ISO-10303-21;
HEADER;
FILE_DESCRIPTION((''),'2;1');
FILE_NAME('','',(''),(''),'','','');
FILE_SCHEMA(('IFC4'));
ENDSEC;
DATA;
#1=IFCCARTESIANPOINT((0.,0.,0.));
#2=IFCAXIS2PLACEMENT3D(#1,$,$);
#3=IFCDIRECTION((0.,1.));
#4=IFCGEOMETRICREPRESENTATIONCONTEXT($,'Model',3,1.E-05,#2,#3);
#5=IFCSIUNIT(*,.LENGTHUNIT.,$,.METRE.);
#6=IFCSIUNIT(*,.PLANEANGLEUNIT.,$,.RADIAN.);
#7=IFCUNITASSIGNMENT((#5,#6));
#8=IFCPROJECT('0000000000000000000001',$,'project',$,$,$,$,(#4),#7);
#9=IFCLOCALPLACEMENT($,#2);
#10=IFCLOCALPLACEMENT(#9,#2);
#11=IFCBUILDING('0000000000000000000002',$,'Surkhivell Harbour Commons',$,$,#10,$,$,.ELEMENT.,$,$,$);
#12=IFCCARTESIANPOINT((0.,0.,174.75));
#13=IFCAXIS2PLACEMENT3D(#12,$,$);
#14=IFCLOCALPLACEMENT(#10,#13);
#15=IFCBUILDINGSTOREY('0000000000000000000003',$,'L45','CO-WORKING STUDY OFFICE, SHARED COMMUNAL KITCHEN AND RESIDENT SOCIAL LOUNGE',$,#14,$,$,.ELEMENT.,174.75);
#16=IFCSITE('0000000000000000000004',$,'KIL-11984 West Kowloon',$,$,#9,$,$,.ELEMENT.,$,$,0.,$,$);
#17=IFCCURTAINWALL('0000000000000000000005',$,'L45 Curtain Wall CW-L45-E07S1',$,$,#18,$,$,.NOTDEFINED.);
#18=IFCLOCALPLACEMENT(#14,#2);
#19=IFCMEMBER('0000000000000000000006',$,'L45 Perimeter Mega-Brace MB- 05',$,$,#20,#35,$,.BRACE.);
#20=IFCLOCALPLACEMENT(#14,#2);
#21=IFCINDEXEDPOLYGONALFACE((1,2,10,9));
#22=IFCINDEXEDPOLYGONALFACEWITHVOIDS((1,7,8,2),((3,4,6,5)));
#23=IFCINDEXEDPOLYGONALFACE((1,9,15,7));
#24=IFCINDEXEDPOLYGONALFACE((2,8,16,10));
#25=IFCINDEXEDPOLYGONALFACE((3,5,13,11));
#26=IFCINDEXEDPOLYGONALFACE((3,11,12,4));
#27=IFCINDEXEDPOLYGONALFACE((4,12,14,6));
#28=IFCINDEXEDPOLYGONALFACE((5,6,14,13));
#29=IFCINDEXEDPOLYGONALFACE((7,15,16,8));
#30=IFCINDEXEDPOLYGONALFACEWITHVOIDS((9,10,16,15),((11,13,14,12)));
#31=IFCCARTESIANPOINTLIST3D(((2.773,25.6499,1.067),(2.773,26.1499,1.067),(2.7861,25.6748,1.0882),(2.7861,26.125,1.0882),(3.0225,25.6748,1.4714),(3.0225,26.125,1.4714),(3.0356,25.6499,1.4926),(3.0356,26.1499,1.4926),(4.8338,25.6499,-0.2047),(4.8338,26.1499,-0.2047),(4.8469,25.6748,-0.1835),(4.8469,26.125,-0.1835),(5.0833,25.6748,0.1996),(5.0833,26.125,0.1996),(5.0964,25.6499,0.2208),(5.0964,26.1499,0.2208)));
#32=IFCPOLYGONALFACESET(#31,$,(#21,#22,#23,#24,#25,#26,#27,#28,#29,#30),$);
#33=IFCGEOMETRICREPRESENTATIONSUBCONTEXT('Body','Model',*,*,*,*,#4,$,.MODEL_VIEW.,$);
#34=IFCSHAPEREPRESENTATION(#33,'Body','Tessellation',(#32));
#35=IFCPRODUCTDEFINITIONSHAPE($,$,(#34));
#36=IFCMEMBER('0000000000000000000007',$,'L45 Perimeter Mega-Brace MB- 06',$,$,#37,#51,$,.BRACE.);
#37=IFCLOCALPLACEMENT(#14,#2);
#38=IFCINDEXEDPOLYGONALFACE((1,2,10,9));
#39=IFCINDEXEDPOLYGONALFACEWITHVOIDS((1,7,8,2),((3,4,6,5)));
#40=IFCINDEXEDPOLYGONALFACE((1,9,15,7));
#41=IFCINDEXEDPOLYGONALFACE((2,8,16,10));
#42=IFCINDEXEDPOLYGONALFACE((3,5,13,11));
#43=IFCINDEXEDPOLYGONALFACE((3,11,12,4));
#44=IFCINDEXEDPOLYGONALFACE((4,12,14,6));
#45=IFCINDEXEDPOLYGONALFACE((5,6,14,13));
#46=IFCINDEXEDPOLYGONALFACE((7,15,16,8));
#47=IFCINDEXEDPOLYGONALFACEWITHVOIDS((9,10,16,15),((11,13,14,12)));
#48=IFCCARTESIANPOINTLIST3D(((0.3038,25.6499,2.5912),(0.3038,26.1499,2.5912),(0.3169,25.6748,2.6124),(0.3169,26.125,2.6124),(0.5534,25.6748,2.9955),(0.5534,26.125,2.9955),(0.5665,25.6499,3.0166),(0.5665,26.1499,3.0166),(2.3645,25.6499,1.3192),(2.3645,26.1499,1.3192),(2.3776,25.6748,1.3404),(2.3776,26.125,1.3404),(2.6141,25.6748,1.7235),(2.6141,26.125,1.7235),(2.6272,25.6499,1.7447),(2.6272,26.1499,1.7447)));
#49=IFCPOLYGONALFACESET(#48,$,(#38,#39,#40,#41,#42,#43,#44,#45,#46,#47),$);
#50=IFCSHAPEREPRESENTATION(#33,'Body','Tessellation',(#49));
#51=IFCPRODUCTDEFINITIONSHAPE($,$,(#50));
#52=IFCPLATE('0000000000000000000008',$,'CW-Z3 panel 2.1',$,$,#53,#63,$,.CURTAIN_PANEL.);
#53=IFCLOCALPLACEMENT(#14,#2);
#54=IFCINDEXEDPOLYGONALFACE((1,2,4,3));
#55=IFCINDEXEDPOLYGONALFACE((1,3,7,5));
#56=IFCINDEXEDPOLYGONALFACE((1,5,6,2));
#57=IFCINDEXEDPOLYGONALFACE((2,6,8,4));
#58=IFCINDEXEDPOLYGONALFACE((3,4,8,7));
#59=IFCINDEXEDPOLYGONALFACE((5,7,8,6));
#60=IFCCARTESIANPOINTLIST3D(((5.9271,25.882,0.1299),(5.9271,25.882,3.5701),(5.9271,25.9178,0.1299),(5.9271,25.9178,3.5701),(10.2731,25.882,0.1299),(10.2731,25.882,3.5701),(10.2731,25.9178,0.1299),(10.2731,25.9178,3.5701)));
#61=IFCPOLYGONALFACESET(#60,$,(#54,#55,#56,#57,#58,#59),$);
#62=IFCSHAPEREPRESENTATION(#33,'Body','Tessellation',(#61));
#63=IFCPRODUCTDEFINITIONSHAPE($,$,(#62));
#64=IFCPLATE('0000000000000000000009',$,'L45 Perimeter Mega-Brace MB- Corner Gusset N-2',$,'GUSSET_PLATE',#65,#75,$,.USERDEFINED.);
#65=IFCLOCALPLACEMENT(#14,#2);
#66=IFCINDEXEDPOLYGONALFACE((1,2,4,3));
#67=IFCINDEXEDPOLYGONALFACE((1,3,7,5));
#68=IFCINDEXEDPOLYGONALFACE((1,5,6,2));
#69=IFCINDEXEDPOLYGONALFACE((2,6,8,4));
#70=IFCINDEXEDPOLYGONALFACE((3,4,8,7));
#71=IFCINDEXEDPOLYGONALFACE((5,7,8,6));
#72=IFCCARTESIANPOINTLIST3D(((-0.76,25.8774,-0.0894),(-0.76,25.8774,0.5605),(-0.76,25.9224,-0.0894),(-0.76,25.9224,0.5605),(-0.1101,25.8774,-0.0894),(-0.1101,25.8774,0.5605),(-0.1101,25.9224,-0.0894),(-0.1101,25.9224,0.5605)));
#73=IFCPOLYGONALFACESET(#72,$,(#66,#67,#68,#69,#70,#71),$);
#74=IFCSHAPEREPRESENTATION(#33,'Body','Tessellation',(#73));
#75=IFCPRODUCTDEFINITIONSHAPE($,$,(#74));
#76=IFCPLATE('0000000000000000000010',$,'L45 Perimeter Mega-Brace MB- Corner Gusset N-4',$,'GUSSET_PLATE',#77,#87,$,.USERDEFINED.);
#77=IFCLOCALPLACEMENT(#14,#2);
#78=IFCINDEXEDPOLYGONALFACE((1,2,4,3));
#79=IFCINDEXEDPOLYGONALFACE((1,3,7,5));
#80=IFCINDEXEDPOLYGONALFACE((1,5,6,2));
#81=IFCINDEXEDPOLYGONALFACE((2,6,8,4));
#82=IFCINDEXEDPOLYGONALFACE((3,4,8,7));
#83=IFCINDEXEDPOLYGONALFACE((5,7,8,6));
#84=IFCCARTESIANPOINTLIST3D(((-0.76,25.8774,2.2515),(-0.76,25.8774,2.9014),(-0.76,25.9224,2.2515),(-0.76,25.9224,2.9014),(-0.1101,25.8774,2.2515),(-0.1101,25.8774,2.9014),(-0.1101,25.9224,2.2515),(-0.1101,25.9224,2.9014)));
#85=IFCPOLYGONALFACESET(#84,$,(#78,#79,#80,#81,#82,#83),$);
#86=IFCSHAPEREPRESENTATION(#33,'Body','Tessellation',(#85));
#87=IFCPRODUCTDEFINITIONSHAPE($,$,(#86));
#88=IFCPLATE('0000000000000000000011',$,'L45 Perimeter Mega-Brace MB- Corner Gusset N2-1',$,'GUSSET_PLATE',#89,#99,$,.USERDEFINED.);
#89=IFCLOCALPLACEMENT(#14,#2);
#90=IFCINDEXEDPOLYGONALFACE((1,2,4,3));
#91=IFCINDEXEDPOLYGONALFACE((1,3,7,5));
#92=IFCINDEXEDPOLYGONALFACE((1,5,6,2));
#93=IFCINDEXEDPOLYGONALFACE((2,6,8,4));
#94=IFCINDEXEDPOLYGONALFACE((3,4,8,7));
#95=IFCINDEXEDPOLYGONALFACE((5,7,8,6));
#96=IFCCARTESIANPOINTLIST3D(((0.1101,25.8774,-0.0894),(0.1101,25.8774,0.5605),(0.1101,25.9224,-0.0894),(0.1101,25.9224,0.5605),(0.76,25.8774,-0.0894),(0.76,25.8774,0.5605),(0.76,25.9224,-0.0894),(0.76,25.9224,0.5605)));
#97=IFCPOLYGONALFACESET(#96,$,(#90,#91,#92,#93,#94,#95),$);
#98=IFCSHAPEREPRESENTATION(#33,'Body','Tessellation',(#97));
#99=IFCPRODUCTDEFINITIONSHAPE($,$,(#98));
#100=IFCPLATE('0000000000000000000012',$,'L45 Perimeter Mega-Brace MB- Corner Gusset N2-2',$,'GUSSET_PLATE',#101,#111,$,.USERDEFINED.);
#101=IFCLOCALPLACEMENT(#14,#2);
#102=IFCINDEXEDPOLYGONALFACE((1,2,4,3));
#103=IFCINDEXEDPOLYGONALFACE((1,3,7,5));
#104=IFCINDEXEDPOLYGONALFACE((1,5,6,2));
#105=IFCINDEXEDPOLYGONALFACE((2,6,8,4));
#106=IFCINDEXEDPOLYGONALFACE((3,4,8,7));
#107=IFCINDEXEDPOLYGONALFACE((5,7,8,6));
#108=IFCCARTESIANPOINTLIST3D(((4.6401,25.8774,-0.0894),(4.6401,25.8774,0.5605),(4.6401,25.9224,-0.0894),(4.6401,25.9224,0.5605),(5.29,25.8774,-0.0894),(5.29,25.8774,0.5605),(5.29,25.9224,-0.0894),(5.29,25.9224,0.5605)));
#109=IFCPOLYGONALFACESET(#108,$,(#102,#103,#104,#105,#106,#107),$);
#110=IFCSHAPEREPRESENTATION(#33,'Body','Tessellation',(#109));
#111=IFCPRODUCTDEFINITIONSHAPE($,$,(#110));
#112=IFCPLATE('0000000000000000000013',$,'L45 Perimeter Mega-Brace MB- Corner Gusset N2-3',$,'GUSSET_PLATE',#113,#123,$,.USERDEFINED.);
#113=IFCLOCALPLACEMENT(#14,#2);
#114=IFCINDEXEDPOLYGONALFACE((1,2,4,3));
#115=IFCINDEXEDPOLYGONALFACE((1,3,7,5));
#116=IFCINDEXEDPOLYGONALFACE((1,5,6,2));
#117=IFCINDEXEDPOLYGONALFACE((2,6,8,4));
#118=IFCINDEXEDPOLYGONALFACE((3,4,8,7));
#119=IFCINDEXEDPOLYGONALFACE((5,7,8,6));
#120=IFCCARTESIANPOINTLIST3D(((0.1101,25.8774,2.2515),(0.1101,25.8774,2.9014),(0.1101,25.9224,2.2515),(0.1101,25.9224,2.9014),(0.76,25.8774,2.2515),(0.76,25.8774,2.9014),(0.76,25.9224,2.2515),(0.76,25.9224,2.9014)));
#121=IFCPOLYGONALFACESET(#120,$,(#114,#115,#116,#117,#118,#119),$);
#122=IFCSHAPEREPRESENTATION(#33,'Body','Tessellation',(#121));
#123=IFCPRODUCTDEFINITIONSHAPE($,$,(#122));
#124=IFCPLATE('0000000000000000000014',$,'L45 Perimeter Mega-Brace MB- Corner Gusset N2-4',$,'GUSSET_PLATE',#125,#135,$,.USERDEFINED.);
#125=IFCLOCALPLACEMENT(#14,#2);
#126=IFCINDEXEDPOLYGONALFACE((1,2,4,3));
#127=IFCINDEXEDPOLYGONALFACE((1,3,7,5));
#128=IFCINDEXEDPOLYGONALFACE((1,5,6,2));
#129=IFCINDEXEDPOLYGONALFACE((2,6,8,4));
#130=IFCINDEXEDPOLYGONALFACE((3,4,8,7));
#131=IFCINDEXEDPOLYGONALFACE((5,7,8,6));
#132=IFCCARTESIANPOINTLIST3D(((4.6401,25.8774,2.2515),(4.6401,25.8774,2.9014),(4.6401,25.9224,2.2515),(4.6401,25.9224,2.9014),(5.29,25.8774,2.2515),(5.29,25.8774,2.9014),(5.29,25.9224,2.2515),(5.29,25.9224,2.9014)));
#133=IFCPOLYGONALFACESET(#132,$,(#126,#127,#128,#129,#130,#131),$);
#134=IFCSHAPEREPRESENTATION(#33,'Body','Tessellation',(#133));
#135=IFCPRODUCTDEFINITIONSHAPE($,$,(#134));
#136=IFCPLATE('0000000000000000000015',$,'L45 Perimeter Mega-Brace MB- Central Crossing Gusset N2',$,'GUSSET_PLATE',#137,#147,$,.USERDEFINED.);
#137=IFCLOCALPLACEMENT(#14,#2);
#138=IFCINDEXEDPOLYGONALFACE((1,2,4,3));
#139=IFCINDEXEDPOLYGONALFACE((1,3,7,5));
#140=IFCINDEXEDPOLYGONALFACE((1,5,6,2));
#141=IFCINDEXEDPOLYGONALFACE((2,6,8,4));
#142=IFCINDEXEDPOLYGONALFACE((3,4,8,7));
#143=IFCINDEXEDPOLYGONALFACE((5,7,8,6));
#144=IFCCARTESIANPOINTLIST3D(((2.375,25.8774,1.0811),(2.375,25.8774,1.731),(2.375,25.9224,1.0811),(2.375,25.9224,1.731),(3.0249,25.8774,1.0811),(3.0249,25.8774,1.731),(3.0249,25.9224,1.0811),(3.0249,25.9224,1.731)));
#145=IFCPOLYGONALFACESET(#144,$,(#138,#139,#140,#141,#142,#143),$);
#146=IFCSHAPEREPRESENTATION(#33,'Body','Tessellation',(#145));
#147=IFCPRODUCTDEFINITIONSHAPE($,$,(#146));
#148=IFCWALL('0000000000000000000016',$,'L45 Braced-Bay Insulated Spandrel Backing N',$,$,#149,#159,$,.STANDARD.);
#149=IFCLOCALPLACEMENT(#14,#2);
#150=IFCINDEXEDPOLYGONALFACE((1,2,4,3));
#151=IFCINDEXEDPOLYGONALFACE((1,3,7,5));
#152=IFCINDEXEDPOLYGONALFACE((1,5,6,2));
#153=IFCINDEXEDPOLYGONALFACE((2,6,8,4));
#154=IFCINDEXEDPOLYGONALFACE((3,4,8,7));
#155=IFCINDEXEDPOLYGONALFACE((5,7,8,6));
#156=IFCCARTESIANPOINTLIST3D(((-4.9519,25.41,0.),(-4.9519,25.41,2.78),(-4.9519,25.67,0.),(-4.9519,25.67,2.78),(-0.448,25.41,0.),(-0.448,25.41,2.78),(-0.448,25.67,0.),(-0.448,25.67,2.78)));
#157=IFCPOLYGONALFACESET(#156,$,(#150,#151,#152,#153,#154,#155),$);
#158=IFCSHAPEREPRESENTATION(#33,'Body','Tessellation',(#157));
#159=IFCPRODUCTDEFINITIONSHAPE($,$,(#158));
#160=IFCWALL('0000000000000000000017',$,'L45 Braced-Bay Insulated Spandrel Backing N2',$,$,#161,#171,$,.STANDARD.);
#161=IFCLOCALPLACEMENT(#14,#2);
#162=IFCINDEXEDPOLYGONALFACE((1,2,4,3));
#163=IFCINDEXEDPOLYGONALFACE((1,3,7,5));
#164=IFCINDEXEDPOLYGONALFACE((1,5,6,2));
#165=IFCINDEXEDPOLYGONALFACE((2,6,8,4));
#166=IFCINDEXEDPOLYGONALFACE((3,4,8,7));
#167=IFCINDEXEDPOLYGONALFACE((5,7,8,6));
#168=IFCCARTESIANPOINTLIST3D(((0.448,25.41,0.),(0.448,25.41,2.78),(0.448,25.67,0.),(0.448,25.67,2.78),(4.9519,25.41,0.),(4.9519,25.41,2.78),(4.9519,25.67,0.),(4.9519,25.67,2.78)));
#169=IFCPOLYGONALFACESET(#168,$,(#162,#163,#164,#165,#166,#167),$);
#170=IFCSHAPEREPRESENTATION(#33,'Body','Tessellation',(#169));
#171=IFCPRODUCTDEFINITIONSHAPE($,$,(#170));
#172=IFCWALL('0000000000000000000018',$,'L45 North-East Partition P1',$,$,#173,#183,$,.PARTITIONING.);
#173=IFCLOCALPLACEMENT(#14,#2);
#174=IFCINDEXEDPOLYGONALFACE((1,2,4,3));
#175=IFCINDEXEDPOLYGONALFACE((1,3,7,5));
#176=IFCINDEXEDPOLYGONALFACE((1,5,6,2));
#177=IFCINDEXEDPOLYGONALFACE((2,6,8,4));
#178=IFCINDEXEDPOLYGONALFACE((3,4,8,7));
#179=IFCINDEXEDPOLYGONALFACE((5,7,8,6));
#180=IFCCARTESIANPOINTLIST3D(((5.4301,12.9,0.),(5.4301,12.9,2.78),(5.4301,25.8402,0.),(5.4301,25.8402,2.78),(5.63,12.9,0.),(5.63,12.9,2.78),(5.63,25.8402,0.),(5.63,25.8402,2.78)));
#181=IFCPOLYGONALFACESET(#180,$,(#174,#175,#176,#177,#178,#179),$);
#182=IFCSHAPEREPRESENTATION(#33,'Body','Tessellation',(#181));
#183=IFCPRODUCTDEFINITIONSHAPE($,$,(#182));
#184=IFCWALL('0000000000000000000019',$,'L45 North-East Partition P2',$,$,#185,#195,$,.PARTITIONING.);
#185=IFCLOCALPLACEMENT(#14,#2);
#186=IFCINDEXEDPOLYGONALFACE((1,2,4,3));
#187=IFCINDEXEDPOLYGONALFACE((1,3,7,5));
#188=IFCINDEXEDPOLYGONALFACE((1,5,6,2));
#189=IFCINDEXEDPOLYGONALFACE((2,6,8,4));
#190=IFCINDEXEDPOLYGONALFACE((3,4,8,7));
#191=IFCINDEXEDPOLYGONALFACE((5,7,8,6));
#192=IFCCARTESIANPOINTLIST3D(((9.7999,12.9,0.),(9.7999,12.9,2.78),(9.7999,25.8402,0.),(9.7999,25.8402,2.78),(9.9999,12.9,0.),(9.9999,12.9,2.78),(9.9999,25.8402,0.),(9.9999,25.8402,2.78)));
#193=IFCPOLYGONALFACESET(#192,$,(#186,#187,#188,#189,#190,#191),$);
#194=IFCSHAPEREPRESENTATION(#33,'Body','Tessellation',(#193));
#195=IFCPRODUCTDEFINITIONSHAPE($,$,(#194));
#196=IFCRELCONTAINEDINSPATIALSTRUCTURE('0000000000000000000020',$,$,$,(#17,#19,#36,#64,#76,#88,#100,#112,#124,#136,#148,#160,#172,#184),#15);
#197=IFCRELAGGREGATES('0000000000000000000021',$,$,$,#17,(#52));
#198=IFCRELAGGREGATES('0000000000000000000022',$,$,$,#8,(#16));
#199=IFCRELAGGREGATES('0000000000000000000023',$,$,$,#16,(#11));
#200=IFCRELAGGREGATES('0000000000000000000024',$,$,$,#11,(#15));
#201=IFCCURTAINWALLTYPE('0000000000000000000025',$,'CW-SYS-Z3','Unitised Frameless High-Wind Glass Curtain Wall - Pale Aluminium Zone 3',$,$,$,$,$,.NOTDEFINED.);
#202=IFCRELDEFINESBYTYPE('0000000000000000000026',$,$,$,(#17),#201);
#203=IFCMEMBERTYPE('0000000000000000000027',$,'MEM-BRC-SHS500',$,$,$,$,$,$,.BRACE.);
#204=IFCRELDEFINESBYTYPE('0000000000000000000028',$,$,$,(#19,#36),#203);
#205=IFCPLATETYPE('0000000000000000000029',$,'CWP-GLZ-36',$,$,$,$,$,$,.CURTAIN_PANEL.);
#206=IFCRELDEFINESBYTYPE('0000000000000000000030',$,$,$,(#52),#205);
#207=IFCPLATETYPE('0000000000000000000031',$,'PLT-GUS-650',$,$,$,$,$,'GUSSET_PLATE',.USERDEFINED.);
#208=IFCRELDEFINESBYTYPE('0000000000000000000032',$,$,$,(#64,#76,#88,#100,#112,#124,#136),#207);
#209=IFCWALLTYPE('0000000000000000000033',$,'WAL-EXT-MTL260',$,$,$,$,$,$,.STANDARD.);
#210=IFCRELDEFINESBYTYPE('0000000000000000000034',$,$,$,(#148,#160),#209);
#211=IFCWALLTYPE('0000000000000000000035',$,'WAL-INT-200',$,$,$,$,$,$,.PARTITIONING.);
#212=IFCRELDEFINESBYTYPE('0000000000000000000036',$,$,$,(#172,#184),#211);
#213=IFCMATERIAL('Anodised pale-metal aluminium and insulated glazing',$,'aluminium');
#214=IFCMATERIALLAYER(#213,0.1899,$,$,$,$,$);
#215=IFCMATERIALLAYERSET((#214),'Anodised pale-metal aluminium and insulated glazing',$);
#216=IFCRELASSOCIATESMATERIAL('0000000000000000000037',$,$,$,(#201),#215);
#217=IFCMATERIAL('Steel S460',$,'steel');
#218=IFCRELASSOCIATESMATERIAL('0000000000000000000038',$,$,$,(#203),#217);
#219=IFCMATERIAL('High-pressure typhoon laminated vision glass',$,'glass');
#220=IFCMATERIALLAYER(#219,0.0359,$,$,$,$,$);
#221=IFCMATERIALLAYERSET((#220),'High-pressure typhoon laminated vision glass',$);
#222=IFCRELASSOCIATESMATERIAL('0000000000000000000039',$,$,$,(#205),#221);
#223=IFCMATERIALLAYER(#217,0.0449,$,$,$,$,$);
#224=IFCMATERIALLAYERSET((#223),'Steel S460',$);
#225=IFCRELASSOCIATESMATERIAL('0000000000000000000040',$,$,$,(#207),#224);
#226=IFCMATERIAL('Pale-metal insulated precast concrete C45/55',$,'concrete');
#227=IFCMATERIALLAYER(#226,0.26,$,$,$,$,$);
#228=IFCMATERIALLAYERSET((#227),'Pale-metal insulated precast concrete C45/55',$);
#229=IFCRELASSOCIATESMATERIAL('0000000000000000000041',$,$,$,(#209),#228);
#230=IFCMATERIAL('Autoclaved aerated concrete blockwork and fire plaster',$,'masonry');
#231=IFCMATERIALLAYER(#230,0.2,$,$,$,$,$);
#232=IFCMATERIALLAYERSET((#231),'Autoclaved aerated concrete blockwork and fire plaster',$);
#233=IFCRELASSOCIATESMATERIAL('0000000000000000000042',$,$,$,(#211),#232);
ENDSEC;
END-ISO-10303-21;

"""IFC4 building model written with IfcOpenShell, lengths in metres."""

from ifc_helpers import new_model, si_unit, direction, frame, frame_2d, origin, origin_2d, place, context, subcontext, project, spatial, rectangle, hollow_rectangle, extrude, material, layer, layer_set, material_profile, profile_set, type_object, element, aggregate, save


model = new_model("IFC4")

# Units and contexts
model_context = context("Model", 3, precision=1e-05, world=origin(), true_north=direction((0.0, 1.0)))
body_context = subcontext(model_context, "Body", "Model", "MODEL_VIEW")
ifc_project = project(units=[si_unit("LENGTHUNIT", "METRE"), si_unit("PLANEANGLEUNIT", "RADIAN")], contexts=[model_context])

# Site, building, storey
site_placement = place(None, origin())
site = spatial("IfcSite", under=ifc_project, at=site_placement, Name="KIL-11984 West Kowloon", CompositionType="ELEMENT", RefElevation=0.0)
building_placement = place(site_placement, origin())
building = spatial("IfcBuilding", under=site, at=building_placement, Name="Surkhivell Harbour Commons", CompositionType="ELEMENT")
storey_placement = place(building_placement, frame((0.0, 0.0, 174.75)))
storey = spatial("IfcBuildingStorey", under=building, at=storey_placement, Name="L45", Description="CO-WORKING STUDY OFFICE, SHARED COMMUNAL KITCHEN AND RESIDENT SOCIAL LOUNGE", CompositionType="ELEMENT", Elevation=174.75)

# Curtain wall
ifc_material_1 = material(Name="Anodised pale-metal aluminium and insulated glazing", Category="aluminium")
ifc_layer_1 = layer(ifc_material_1, 0.1899)
ifc_layer_set_1 = layer_set([ifc_layer_1], Name="Anodised pale-metal aluminium and insulated glazing")
curtain_wall_type = type_object("IfcCurtainWallType", Name="CW-SYS-Z3", Description="Unitised Frameless High-Wind Glass Curtain Wall - Pale Aluminium Zone 3", PredefinedType="NOTDEFINED", material=ifc_layer_set_1)
curtain_wall_placement = place(storey_placement, origin())
curtain_wall = element("IfcCurtainWall", 1, at=curtain_wall_placement, inside=storey, type_object=curtain_wall_type, Name="L45 Curtain Wall CW-L45-E07S1", PredefinedType="NOTDEFINED")

# Members
ifc_material_2 = material(Name="Steel S460", Category="steel")
ifc_material_profile_1 = material_profile(ifc_material_2, hollow_rectangle(XDim=0.5, YDim=0.5, WallThickness=0.0249, at=origin_2d()), Name="SHS500x500x25")
ifc_profile_set_1 = profile_set([ifc_material_profile_1], Name="Steel S460")
member_type_1 = type_object("IfcMemberType", Name="MEM-BRC-SHS500", PredefinedType="BRACE", material=ifc_profile_set_1)
for number, where, z_axis, x_axis, name in (
    (2, (4.9651, 25.8999, 0.0081), (-0.851003, 0.0, 0.52516), (0.0, -1.0, 0.0), "L45 Perimeter Mega-Brace MB- 05"),
    (3, (2.4958, 25.8999, 1.532), (-0.850958, 0.0, 0.525233), (0.0, -1.0, 0.0), "L45 Perimeter Mega-Brace MB- 06"),
):
    element("IfcMember", number, at=place(storey_placement, frame(where, z_axis=z_axis, x_axis=x_axis)), inside=storey, type_object=member_type_1, Name=name, PredefinedType="BRACE", context=body_context, shape_type="SweptSolid", body=[
        extrude(hollow_rectangle(XDim=0.5, YDim=0.5, WallThickness=0.0249, at=origin_2d()), origin(), (0.0, 0.0, 1.0), 2.4216),
    ])

# Plate
ifc_material_3 = material(Name="High-pressure typhoon laminated vision glass", Category="glass")
ifc_layer_2 = layer(ifc_material_3, 0.0359)
ifc_layer_set_2 = layer_set([ifc_layer_2], Name="High-pressure typhoon laminated vision glass")
plate_type_1 = type_object("IfcPlateType", Name="CWP-GLZ-36", PredefinedType="CURTAIN_PANEL", material=ifc_layer_set_2)
plate_placement = place(storey_placement, frame((10.2729, 25.8999, 0.1299), z_axis=(0.0, 0.0, 1.0), x_axis=(-1.0, 0.0, 0.0)))
plate = element("IfcPlate", 4, at=plate_placement, type_object=plate_type_1, Name="CW-Z3 panel 2.1", PredefinedType="CURTAIN_PANEL", context=body_context, shape_type="SweptSolid", body=[
    extrude(rectangle(XDim=4.3459, YDim=0.0359, at=frame_2d((2.1729, 0.0))), origin(), (0.0, 0.0, 1.0), 3.4402),
])
aggregate(curtain_wall, [plate])

# Plates
ifc_layer_3 = layer(ifc_material_2, 0.0449)
ifc_layer_set_3 = layer_set([ifc_layer_3], Name="Steel S460")
plate_type_2 = type_object("IfcPlateType", Name="PLT-GUS-650", ElementType="GUSSET_PLATE", PredefinedType="USERDEFINED", material=ifc_layer_set_3)
for number, where, z_axis, x_axis, name in (
    (5, (-0.4351, 25.8999, -0.0894), (0.0, 0.0, 1.0), (1.0, 0.0, 0.0), "L45 Perimeter Mega-Brace MB- Corner Gusset N-2"),
    (6, (-0.4351, 25.8999, 2.2515), (0.0, 0.0, 1.0), (1.0, 0.0, 0.0), "L45 Perimeter Mega-Brace MB- Corner Gusset N-4"),
    (7, (0.4351, 25.8999, -0.0894), (0.0, 0.0, 1.0), (1.0, 0.0, 0.0), "L45 Perimeter Mega-Brace MB- Corner Gusset N2-1"),
    (8, (4.9651, 25.8999, -0.0894), (0.0, 0.0, 1.0), (1.0, 0.0, 0.0), "L45 Perimeter Mega-Brace MB- Corner Gusset N2-2"),
    (9, (0.4351, 25.8999, 2.2515), (0.0, 0.0, 1.0), (1.0, 0.0, 0.0), "L45 Perimeter Mega-Brace MB- Corner Gusset N2-3"),
    (10, (4.9651, 25.8999, 2.2515), (0.0, 0.0, 1.0), (1.0, 0.0, 0.0), "L45 Perimeter Mega-Brace MB- Corner Gusset N2-4"),
    (11, (2.7, 25.8999, 1.0811), (0.0, 0.0, 1.0), (1.0, 0.0, 0.0), "L45 Perimeter Mega-Brace MB- Central Crossing Gusset N2"),
):
    element("IfcPlate", number, at=place(storey_placement, frame(where, z_axis=z_axis, x_axis=x_axis)), inside=storey, type_object=plate_type_2, Name=name, ObjectType="GUSSET_PLATE", PredefinedType="USERDEFINED", context=body_context, shape_type="SweptSolid", body=[
        extrude(rectangle(XDim=0.6499, YDim=0.0449, at=origin_2d()), origin(), (0.0, 0.0, 1.0), 0.6499),
    ])

# Walls
ifc_material_4 = material(Name="Pale-metal insulated precast concrete C45/55", Category="concrete")
ifc_layer_4 = layer(ifc_material_4, 0.26)
ifc_layer_set_4 = layer_set([ifc_layer_4], Name="Pale-metal insulated precast concrete C45/55")
wall_type_1 = type_object("IfcWallType", Name="WAL-EXT-MTL260", PredefinedType="STANDARD", material=ifc_layer_set_4)
for number, where, z_axis, x_axis, name in (
    (12, (-0.448, 25.54, 0.0), (0.0, 0.0, 1.0), (-1.0, 0.0, 0.0), "L45 Braced-Bay Insulated Spandrel Backing N"),
    (13, (4.9519, 25.54, 0.0), (0.0, 0.0, 1.0), (-1.0, 0.0, 0.0), "L45 Braced-Bay Insulated Spandrel Backing N2"),
):
    element("IfcWall", number, at=place(storey_placement, frame(where, z_axis=z_axis, x_axis=x_axis)), inside=storey, type_object=wall_type_1, Name=name, PredefinedType="STANDARD", context=body_context, shape_type="SweptSolid", body=[
        extrude(rectangle(XDim=4.5039, YDim=0.26, at=frame_2d((2.252, 0.0))), origin(), (0.0, 0.0, 1.0), 2.78),
    ])
ifc_material_5 = material(Name="Autoclaved aerated concrete blockwork and fire plaster", Category="masonry")
ifc_layer_5 = layer(ifc_material_5, 0.2)
ifc_layer_set_5 = layer_set([ifc_layer_5], Name="Autoclaved aerated concrete blockwork and fire plaster")
wall_type_2 = type_object("IfcWallType", Name="WAL-INT-200", PredefinedType="PARTITIONING", material=ifc_layer_set_5)
for number, where, z_axis, x_axis, name in (
    (14, (5.53, 12.8999, 0.0), (0.0, 0.0, 1.0), (0.0, 1.0, 0.0), "L45 North-East Partition P1"),
    (15, (9.8999, 12.8999, 0.0), (0.0, 0.0, 1.0), (0.0, 1.0, 0.0), "L45 North-East Partition P2"),
):
    element("IfcWall", number, at=place(storey_placement, frame(where, z_axis=z_axis, x_axis=x_axis)), inside=storey, type_object=wall_type_2, Name=name, PredefinedType="PARTITIONING", context=body_context, shape_type="SweptSolid", body=[
        extrude(rectangle(XDim=12.9402, YDim=0.2, at=frame_2d((6.4702, 0.0))), origin(), (0.0, 0.0, 1.0), 2.78),
    ])

save(model, "model.ifc")
